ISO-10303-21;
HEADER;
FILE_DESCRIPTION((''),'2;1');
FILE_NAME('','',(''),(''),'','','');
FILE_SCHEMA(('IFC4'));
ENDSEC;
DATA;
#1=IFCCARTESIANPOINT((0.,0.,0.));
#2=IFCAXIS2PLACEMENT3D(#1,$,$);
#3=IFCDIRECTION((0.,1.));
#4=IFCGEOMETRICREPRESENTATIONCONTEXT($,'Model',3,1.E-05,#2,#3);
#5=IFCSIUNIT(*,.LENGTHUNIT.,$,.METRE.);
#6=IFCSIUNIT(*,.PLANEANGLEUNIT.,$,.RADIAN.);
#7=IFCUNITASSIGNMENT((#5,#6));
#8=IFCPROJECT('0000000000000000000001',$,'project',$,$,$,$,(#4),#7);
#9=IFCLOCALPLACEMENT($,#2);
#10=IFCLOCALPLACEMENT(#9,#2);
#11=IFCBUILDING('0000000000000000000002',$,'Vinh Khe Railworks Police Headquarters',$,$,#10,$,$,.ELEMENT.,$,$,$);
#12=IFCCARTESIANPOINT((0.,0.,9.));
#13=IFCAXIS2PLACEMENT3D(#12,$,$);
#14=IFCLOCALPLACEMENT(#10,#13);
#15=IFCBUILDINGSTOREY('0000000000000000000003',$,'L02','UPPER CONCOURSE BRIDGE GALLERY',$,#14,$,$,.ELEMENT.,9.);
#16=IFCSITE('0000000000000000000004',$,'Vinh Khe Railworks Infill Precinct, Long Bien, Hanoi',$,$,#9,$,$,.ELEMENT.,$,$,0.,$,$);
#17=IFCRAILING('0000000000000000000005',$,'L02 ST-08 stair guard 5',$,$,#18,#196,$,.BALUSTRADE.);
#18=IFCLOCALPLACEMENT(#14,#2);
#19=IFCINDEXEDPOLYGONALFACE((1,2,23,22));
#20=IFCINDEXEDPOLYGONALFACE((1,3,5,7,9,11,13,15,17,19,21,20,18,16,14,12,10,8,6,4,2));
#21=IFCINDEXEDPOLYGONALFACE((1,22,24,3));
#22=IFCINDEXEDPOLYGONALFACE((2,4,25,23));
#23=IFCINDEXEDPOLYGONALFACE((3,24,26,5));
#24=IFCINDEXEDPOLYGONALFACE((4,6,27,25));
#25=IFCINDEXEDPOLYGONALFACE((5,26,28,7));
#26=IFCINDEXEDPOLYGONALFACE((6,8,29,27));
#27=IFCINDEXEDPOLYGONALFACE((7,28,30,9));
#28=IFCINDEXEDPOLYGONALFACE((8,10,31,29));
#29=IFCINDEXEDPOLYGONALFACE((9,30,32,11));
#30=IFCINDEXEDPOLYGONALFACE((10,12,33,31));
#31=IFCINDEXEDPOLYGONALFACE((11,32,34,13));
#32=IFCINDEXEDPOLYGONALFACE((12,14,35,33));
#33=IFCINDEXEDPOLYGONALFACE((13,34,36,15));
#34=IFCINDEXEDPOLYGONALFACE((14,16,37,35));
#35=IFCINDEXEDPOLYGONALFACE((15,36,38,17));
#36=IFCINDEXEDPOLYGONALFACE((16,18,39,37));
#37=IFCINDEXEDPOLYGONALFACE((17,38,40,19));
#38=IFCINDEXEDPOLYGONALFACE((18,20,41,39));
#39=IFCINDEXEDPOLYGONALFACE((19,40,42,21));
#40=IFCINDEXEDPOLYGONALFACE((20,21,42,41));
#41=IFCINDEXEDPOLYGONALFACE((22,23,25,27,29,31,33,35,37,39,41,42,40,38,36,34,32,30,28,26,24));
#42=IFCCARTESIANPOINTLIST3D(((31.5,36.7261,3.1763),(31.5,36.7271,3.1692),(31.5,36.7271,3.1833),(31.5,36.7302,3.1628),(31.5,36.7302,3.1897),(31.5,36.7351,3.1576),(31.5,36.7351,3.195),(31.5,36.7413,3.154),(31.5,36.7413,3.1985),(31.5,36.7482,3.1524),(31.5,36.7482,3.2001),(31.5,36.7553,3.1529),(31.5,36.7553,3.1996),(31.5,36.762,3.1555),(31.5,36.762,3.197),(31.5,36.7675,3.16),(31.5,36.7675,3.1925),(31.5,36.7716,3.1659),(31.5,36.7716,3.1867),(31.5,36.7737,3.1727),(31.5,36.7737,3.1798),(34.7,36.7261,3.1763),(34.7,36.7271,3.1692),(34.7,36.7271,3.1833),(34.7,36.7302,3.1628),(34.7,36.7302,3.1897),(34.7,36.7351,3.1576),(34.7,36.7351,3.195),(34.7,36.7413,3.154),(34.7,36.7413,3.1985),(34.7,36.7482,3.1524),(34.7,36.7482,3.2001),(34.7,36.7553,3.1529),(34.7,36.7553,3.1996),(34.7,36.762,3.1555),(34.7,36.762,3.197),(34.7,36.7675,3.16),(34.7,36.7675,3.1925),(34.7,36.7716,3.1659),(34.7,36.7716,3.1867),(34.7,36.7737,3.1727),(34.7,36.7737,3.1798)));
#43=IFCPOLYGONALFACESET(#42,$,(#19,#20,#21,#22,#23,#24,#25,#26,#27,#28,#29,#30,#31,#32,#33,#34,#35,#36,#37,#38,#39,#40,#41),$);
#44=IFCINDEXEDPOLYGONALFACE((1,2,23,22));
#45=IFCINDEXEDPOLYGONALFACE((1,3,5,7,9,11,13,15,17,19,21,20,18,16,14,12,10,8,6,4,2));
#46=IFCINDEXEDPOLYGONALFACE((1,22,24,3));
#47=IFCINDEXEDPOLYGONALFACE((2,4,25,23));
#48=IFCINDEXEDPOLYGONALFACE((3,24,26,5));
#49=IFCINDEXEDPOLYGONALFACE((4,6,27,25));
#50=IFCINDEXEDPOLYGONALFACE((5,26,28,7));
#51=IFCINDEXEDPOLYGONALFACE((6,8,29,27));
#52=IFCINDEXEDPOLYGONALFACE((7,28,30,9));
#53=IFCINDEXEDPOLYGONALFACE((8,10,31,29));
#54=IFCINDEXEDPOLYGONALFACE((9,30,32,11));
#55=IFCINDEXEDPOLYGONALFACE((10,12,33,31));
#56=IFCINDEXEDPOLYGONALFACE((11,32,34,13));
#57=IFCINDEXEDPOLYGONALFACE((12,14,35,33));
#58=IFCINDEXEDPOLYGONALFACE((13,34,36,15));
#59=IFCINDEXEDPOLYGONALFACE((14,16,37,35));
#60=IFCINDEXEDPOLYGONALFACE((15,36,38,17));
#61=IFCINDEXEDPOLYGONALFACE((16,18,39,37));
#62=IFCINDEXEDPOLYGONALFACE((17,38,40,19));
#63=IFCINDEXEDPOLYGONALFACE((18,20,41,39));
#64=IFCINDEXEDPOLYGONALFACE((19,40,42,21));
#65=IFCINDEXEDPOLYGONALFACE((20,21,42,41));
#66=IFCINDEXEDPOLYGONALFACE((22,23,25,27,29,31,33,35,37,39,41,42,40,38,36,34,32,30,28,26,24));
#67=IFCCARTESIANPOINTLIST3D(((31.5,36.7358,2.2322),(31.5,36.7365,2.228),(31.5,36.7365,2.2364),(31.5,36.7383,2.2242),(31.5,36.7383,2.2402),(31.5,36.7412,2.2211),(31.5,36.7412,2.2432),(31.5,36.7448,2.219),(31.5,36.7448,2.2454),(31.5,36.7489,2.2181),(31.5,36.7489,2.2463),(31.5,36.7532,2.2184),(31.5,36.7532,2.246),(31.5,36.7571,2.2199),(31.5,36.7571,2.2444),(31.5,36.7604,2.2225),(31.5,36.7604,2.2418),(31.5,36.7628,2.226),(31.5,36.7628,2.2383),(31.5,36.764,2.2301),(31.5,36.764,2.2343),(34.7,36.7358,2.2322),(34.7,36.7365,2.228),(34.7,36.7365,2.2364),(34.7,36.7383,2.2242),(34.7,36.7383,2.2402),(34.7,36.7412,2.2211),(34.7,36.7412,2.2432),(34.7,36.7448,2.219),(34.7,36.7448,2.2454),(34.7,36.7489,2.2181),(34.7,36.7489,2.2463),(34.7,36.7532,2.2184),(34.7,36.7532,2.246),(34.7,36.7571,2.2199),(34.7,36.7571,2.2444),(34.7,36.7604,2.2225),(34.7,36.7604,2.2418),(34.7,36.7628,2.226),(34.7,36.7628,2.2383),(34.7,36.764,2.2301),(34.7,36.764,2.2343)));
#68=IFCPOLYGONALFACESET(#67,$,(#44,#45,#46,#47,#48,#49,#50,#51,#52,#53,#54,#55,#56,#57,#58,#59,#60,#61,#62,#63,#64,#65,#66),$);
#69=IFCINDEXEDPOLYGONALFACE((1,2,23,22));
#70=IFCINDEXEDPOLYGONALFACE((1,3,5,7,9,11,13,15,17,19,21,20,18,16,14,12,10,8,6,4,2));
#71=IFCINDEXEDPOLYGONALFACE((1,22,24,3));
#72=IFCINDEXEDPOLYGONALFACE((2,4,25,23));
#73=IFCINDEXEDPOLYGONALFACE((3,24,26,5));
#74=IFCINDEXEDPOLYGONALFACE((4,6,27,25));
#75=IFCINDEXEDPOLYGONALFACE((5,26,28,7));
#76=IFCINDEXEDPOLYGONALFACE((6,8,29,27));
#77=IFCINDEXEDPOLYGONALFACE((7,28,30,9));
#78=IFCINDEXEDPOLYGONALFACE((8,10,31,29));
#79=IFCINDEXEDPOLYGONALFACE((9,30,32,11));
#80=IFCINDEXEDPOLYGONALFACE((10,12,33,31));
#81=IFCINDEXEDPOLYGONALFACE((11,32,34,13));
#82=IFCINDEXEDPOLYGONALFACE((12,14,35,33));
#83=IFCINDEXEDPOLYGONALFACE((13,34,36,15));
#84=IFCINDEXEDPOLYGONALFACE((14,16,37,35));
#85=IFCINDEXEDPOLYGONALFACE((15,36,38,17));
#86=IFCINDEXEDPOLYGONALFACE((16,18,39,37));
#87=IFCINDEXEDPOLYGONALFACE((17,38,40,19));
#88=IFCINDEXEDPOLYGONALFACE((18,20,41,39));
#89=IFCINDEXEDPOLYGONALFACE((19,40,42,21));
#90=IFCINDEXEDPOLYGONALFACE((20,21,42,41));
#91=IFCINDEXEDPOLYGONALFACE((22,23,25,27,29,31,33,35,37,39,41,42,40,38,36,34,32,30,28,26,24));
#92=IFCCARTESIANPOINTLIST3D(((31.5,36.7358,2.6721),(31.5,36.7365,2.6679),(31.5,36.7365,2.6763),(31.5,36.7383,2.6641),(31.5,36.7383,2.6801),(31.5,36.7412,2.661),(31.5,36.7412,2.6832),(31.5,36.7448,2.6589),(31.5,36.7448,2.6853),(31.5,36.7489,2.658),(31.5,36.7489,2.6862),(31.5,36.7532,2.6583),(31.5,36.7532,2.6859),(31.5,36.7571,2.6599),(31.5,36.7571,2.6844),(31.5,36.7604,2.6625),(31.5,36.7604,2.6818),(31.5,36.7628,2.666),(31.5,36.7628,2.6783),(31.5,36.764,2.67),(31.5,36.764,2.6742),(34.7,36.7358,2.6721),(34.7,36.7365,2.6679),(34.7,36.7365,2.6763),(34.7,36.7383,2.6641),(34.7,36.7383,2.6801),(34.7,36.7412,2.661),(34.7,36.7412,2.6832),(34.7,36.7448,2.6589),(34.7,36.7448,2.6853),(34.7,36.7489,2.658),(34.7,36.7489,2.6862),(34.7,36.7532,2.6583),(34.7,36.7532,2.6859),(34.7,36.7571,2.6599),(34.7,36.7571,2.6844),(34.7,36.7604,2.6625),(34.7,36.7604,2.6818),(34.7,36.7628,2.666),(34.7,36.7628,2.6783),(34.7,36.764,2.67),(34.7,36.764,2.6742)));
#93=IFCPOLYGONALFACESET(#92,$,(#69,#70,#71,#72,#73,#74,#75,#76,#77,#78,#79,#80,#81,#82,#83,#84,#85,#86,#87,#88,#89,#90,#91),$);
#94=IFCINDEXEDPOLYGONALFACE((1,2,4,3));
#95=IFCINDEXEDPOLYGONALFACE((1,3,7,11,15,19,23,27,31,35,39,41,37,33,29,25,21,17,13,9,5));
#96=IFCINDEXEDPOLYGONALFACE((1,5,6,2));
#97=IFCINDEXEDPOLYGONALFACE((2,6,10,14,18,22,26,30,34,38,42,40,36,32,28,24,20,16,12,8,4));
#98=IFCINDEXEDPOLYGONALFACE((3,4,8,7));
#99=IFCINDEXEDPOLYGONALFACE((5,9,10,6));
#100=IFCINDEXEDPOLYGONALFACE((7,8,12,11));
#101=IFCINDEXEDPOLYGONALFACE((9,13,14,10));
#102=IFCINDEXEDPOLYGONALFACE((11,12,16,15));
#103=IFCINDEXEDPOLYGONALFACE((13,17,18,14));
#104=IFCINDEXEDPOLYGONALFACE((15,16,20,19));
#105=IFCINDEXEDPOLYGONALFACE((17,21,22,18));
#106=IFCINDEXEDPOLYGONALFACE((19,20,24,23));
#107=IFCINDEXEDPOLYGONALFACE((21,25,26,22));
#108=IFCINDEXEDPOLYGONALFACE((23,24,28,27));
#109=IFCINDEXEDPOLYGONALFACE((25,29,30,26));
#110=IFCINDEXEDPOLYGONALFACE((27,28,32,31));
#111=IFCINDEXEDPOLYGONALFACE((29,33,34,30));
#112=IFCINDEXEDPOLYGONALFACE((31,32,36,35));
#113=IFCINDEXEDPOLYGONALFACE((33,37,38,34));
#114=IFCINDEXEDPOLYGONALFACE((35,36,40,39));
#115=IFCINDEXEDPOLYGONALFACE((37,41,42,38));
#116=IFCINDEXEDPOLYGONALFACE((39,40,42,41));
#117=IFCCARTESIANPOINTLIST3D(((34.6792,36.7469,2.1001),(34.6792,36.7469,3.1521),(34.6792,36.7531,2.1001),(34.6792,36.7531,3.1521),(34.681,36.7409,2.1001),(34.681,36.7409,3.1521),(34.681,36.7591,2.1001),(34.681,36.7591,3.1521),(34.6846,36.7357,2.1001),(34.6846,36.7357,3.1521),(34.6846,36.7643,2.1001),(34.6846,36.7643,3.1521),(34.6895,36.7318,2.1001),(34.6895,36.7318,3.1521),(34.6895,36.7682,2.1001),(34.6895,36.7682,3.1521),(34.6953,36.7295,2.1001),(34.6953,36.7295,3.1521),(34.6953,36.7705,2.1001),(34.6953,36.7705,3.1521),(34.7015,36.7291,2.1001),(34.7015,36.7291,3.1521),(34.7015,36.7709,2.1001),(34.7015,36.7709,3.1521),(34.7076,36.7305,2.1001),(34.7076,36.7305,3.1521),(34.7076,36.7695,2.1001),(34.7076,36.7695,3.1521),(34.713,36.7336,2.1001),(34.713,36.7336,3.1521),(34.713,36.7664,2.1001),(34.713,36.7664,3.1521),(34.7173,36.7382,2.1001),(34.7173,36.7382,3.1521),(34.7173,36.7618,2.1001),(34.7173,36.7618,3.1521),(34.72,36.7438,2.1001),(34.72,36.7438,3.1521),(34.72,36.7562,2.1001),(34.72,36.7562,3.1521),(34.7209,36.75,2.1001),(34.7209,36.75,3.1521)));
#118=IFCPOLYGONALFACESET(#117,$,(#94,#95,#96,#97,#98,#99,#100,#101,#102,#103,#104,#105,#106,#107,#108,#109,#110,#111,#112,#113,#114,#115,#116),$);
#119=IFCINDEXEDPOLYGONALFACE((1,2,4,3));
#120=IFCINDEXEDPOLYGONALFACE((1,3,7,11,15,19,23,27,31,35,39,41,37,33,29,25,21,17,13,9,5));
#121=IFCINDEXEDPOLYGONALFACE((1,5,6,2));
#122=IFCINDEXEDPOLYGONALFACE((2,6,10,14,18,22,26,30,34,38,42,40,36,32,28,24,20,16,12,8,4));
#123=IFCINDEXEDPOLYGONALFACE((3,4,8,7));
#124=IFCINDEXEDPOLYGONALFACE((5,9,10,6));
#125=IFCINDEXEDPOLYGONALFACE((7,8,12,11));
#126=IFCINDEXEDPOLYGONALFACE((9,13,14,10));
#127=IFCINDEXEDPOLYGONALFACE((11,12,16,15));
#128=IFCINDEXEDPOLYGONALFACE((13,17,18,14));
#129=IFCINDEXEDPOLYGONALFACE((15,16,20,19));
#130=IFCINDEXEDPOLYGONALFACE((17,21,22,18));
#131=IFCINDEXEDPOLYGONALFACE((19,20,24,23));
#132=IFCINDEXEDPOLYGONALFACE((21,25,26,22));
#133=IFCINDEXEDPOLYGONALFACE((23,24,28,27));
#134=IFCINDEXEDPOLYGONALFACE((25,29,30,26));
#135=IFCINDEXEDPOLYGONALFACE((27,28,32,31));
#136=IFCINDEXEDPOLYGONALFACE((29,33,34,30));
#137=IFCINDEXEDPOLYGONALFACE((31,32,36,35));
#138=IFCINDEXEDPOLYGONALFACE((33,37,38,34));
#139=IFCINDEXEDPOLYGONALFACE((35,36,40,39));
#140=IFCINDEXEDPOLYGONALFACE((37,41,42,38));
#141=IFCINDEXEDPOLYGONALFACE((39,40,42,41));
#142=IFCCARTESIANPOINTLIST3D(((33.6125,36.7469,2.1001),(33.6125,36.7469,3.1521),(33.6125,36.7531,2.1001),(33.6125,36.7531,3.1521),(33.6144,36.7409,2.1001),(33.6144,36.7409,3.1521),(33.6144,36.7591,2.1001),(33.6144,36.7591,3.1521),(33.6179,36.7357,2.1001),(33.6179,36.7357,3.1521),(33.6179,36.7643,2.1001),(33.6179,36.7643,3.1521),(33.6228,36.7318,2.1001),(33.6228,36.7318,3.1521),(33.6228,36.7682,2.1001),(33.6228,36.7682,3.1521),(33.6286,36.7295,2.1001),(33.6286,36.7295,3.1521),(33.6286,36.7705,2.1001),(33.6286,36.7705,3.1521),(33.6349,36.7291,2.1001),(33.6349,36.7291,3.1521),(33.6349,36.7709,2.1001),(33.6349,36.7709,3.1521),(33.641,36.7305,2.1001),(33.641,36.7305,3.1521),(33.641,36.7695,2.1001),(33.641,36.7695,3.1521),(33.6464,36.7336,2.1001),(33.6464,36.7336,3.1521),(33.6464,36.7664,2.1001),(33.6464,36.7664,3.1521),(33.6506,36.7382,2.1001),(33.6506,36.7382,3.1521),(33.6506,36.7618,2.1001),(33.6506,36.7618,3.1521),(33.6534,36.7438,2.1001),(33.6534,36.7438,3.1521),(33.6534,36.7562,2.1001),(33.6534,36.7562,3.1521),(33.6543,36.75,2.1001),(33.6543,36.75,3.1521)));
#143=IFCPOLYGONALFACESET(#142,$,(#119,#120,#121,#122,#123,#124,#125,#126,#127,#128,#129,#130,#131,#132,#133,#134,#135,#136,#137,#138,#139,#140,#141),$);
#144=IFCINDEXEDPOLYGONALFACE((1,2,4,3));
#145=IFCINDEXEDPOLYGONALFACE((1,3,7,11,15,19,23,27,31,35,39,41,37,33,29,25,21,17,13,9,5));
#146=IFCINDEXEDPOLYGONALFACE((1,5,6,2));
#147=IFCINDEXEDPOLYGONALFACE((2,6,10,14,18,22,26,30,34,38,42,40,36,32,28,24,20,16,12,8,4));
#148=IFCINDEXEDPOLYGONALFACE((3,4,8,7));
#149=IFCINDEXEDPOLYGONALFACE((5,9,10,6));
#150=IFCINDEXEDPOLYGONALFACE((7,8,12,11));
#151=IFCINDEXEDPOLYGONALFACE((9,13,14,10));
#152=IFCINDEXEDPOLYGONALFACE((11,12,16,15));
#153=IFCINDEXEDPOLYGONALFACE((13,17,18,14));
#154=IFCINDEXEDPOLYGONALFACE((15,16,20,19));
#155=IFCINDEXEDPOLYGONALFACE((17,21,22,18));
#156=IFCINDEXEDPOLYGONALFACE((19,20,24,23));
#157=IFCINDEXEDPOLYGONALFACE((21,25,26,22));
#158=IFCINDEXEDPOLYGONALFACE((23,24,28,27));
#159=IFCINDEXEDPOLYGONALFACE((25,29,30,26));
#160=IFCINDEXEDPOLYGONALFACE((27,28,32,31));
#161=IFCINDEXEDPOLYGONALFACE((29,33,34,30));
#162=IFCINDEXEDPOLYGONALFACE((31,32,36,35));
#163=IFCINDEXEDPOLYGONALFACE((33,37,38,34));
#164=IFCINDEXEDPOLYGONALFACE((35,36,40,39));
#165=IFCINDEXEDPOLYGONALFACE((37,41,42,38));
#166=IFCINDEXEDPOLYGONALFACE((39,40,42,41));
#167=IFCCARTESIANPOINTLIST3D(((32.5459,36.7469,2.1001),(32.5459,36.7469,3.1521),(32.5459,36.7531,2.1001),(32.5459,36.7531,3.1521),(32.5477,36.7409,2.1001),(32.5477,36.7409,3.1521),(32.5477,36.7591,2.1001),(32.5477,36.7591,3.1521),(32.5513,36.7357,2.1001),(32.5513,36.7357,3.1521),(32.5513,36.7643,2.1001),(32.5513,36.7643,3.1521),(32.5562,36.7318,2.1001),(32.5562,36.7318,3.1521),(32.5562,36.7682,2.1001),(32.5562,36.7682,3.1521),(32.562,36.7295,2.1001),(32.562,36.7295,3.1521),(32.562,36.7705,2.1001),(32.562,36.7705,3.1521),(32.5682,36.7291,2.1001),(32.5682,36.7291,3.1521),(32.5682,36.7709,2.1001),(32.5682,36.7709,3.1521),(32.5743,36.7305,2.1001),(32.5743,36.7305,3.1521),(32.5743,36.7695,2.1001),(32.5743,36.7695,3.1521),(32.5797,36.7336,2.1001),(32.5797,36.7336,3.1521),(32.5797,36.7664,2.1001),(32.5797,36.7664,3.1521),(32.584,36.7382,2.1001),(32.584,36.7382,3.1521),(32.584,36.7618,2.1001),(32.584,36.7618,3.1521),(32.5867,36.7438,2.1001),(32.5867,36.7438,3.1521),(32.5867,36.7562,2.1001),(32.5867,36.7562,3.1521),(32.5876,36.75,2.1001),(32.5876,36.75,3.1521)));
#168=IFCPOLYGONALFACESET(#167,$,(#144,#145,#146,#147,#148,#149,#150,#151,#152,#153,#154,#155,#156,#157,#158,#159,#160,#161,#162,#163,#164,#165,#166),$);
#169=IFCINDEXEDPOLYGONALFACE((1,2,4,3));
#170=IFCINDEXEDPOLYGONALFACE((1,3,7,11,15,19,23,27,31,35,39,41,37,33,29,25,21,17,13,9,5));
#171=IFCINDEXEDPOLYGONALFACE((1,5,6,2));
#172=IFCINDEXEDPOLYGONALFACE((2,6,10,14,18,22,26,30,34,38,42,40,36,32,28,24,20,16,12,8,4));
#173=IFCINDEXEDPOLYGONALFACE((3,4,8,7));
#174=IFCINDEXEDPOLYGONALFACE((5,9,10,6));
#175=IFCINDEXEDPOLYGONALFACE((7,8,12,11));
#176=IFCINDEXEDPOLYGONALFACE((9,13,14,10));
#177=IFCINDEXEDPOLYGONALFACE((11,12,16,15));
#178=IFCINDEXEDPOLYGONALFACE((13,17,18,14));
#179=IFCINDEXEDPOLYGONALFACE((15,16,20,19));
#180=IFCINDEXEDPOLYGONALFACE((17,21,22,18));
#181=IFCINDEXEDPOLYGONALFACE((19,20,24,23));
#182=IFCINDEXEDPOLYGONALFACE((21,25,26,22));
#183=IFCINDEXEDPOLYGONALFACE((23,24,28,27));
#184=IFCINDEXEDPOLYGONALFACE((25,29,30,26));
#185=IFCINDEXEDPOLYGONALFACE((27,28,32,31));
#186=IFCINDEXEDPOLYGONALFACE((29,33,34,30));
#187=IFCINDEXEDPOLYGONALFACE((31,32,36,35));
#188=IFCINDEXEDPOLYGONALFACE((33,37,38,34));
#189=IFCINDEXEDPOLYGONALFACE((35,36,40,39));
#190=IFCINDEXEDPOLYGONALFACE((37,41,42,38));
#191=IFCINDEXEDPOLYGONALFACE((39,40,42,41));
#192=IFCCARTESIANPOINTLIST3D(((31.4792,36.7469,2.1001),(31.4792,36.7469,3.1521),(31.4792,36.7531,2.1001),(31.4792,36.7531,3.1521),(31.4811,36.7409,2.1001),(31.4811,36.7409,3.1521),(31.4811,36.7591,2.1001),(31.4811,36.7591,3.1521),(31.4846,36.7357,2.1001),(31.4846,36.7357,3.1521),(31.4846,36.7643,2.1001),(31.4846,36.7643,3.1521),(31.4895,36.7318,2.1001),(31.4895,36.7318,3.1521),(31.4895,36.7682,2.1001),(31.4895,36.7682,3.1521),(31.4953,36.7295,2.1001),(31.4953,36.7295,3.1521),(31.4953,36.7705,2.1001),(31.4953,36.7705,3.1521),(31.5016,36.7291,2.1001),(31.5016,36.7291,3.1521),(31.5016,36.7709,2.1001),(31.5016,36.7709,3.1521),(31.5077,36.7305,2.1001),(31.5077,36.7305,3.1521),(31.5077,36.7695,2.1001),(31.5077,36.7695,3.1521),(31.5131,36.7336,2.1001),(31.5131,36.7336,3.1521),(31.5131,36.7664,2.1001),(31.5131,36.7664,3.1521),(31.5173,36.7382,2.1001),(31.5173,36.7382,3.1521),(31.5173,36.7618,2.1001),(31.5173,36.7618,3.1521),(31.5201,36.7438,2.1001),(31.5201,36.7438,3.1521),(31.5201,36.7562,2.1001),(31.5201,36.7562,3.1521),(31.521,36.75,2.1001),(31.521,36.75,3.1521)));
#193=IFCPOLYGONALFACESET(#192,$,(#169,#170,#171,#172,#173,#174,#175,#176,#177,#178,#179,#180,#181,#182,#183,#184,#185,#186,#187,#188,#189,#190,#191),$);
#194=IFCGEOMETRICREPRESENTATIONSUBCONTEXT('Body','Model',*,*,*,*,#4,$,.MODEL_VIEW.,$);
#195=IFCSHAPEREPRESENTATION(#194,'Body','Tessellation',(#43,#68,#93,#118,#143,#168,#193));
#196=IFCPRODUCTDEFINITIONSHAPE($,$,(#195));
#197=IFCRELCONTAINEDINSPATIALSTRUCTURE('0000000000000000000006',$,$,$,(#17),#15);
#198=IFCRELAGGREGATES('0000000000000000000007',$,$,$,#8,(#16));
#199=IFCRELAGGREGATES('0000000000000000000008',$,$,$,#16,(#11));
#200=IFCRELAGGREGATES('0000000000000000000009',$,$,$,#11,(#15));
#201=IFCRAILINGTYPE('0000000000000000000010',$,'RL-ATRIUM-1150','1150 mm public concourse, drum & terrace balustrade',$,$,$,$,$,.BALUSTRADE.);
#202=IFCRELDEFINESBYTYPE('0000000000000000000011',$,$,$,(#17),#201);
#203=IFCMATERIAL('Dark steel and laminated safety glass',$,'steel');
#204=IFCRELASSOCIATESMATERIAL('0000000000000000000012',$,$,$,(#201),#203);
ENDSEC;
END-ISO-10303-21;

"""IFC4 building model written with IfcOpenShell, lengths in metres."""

from ifc_helpers import new_model, si_unit, direction, frame, origin, origin_2d, place, context, subcontext, project, spatial, circle, extrude, material, type_object, element, save


model = new_model("IFC4")

# Units and contexts
model_context = context("Model", 3, precision=1e-05, world=origin(), true_north=direction((0.0, 1.0)))
body_context = subcontext(model_context, "Body", "Model", "MODEL_VIEW")
ifc_project = project(units=[si_unit("LENGTHUNIT", "METRE"), si_unit("PLANEANGLEUNIT", "RADIAN")], contexts=[model_context])

# Site, building, storey
site_placement = place(None, origin())
site = spatial("IfcSite", under=ifc_project, at=site_placement, Name="Vinh Khe Railworks Infill Precinct, Long Bien, Hanoi", CompositionType="ELEMENT", RefElevation=0.0)
building_placement = place(site_placement, origin())
building = spatial("IfcBuilding", under=site, at=building_placement, Name="Vinh Khe Railworks Police Headquarters", CompositionType="ELEMENT")
storey_placement = place(building_placement, frame((0.0, 0.0, 9.0)))
storey = spatial("IfcBuildingStorey", under=building, at=storey_placement, Name="L02", Description="UPPER CONCOURSE BRIDGE GALLERY", CompositionType="ELEMENT", Elevation=9.0)

# Railing
ifc_material_1 = material(Name="Dark steel and laminated safety glass", Category="steel")
railing_type_1 = type_object("IfcRailingType", Name="RL-ATRIUM-1150", Description="1150 mm public concourse, drum & terrace balustrade", PredefinedType="BALUSTRADE", material=ifc_material_1)
railing_1_placement = place(storey_placement, frame((34.7, 36.75, 2.1001)))
element("IfcRailing", 1, at=railing_1_placement, inside=storey, type_object=railing_type_1, Name="L02 ST-08 stair guard 5", PredefinedType="BALUSTRADE", context=body_context, shape_type="SweptSolid", body=[
    extrude(circle(Radius=0.0239, at=origin_2d()), frame((0.0, 0.0, 1.0762), z_axis=(-1.0, 0.0, 0.0), x_axis=(0.0, -1.0, 0.0)), (0.0, 0.0, 1.0), 3.2),
    extrude(circle(Radius=0.0142, at=origin_2d()), frame((0.0, 0.0, 0.1321), z_axis=(-1.0, 0.0, 0.0), x_axis=(0.0, -1.0, 0.0)), (0.0, 0.0, 1.0), 3.2),
    extrude(circle(Radius=0.0142, at=origin_2d()), frame((0.0, 0.0, 0.572), z_axis=(-1.0, 0.0, 0.0), x_axis=(0.0, -1.0, 0.0)), (0.0, 0.0, 1.0), 3.2),
    extrude(circle(Radius=0.021, at=origin_2d()), origin(), (0.0, 0.0, 1.0), 1.052),
    extrude(circle(Radius=0.021, at=origin_2d()), frame((-1.0667, 0.0, 0.0)), (0.0, 0.0, 1.0), 1.052),
    extrude(circle(Radius=0.021, at=origin_2d()), frame((-2.1333, 0.0, 0.0)), (0.0, 0.0, 1.0), 1.052),
    extrude(circle(Radius=0.021, at=origin_2d()), frame((-3.2, 0.0, 0.0)), (0.0, 0.0, 1.0), 1.052),
])

save(model, "model.ifc")
